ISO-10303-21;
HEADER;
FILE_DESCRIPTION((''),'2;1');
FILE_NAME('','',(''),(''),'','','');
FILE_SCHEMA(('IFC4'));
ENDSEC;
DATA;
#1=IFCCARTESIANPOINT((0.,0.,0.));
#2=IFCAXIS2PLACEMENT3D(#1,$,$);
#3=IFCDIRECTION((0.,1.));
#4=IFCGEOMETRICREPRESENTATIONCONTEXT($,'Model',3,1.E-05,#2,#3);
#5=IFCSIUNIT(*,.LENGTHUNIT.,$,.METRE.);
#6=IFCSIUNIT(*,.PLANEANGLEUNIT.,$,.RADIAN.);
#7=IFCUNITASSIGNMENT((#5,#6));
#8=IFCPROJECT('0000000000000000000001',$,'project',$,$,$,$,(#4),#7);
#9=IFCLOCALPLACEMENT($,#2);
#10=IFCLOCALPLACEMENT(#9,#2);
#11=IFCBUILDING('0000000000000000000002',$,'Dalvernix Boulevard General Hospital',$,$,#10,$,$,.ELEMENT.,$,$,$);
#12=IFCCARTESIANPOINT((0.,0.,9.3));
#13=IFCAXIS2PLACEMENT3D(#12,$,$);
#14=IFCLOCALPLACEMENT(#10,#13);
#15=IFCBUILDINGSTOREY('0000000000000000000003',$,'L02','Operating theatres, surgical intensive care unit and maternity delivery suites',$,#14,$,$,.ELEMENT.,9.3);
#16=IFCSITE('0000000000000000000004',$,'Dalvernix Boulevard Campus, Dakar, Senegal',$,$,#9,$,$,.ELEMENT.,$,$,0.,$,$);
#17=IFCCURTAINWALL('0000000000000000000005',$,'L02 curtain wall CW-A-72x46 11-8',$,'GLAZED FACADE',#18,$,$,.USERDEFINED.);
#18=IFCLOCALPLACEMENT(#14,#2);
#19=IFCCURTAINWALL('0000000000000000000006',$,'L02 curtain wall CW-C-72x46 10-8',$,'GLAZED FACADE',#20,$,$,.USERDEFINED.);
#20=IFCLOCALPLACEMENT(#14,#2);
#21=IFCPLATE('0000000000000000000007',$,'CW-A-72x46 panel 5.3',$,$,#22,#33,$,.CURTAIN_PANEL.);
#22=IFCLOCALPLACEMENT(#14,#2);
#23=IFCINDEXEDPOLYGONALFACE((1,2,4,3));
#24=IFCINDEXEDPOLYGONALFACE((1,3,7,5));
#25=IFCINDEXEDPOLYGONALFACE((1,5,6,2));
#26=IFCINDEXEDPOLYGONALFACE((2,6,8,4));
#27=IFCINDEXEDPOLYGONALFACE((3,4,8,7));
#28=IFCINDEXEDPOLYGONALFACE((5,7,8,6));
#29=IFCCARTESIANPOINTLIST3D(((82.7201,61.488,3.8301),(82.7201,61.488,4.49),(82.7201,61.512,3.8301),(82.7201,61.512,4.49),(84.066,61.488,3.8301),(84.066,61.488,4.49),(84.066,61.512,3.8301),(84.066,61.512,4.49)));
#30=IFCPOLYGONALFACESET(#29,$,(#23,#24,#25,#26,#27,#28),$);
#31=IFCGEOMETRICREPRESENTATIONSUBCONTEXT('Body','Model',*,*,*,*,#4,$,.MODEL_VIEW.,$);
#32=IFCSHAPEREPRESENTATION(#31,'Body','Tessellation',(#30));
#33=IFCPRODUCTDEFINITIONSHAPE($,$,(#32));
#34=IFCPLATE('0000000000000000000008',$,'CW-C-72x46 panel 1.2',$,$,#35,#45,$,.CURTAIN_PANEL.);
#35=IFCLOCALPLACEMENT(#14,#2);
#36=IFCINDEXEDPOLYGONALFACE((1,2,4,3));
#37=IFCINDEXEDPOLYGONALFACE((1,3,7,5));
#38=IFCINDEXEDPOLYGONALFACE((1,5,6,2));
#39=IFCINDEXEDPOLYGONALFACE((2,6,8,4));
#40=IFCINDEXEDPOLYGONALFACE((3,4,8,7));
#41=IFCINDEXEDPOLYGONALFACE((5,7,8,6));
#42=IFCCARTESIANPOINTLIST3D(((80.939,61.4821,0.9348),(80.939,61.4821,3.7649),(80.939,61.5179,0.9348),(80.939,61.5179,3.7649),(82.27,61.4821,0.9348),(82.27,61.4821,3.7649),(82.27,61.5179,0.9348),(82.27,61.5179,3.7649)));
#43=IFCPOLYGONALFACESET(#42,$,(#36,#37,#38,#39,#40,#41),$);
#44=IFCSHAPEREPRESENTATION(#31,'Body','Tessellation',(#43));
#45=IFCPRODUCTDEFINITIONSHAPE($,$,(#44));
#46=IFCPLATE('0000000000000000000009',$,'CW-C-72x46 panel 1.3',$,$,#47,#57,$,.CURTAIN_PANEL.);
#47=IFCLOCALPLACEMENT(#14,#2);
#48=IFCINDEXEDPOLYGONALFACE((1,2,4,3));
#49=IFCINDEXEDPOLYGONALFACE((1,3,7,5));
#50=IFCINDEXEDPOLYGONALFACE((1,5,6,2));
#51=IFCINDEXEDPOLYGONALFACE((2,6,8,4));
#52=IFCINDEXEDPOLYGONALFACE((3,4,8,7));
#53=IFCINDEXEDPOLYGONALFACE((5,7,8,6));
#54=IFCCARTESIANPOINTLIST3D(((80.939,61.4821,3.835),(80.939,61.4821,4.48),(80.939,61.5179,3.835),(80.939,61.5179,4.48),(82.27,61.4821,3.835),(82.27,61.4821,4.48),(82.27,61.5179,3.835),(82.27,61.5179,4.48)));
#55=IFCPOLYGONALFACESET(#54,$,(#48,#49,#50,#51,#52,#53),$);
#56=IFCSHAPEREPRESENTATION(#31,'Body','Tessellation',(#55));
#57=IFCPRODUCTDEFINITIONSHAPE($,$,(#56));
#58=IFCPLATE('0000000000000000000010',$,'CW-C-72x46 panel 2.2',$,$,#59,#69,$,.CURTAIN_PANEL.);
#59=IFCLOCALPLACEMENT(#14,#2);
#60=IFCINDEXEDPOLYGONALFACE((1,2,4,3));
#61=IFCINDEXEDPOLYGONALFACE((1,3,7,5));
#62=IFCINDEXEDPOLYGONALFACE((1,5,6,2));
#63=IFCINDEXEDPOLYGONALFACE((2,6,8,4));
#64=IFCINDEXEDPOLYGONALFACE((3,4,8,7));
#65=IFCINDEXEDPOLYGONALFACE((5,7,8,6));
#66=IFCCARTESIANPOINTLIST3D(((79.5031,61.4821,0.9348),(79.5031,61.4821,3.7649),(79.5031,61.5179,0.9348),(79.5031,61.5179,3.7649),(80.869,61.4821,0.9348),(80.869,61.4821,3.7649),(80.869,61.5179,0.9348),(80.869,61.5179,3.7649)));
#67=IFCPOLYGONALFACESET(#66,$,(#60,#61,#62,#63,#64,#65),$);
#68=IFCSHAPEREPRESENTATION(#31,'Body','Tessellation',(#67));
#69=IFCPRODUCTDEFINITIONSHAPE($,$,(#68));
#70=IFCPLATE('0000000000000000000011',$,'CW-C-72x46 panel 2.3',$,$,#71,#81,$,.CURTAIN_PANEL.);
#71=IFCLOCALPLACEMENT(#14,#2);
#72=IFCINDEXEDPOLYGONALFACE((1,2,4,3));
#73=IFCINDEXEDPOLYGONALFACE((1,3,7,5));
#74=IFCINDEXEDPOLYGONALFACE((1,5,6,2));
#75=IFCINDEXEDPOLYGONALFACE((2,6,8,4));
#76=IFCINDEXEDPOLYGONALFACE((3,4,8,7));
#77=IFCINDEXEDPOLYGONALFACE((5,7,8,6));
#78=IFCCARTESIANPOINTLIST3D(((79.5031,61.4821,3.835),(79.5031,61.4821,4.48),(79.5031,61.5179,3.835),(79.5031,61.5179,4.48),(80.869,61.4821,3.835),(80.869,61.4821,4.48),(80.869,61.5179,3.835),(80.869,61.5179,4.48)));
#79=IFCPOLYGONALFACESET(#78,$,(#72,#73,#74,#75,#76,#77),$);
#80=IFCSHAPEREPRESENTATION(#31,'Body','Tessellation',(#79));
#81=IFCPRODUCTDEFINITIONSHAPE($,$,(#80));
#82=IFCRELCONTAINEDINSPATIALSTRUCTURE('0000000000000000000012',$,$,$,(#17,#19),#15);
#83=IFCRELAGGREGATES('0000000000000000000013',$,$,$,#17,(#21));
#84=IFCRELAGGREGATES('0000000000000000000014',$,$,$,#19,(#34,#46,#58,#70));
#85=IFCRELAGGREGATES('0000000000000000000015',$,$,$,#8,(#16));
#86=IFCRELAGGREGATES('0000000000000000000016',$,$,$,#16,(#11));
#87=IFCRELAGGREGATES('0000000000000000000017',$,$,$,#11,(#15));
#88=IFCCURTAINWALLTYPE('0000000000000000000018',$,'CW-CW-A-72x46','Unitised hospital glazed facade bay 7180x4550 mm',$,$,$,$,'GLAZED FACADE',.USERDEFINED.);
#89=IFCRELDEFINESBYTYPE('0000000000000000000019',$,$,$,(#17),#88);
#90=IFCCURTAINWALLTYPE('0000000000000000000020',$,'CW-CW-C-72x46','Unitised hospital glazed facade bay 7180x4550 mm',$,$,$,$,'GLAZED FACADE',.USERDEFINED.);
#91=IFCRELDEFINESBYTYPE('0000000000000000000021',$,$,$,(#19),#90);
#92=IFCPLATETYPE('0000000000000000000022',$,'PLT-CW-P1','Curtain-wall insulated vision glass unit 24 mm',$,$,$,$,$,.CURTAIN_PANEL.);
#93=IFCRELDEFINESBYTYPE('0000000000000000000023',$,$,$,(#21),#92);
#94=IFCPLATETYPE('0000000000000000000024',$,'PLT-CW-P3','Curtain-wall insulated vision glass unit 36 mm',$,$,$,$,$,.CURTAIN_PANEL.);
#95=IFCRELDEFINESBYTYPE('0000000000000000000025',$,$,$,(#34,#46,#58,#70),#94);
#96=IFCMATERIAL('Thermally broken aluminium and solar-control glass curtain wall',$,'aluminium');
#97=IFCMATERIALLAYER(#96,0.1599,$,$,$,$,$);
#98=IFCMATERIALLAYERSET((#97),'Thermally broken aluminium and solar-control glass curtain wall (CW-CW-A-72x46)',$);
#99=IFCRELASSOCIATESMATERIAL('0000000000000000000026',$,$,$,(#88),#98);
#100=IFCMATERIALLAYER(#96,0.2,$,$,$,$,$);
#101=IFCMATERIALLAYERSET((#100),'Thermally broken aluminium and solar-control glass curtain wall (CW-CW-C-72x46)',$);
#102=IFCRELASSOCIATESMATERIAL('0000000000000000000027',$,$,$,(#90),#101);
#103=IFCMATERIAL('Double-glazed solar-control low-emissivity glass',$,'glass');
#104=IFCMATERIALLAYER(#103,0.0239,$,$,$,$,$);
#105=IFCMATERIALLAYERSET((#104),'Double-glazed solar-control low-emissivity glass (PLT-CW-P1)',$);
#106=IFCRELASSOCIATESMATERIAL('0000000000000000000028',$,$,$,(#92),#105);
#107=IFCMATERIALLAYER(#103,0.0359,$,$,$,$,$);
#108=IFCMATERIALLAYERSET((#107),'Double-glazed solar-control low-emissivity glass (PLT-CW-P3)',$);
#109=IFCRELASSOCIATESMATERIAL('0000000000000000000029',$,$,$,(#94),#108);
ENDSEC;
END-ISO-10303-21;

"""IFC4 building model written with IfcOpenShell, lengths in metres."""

from ifc_helpers import new_model, si_unit, direction, frame, origin, origin_2d, place, context, subcontext, project, spatial, rectangle, extrude, material, layer, layer_set, type_object, element, aggregate, save


model = new_model("IFC4")

# Units and contexts
model_context = context("Model", 3, precision=1e-05, world=origin(), true_north=direction((0.0, 1.0)))
body_context = subcontext(model_context, "Body", "Model", "MODEL_VIEW")
ifc_project = project(units=[si_unit("LENGTHUNIT", "METRE"), si_unit("PLANEANGLEUNIT", "RADIAN")], contexts=[model_context])

# Site, building, storey
site_placement = place(None, origin())
site = spatial("IfcSite", under=ifc_project, at=site_placement, Name="Dalvernix Boulevard Campus, Dakar, Senegal", CompositionType="ELEMENT", RefElevation=0.0)
building_placement = place(site_placement, origin())
building = spatial("IfcBuilding", under=site, at=building_placement, Name="Dalvernix Boulevard General Hospital", CompositionType="ELEMENT")
storey_placement = place(building_placement, frame((0.0, 0.0, 9.3)))
storey = spatial("IfcBuildingStorey", under=building, at=storey_placement, Name="L02", Description="Operating theatres, surgical intensive care unit and maternity delivery suites", CompositionType="ELEMENT", Elevation=9.3)

# Curtain walls
ifc_material_1 = material(Name="Thermally broken aluminium and solar-control glass curtain wall", Category="aluminium")
ifc_layer_1 = layer(ifc_material_1, 0.1599)
ifc_layer_set_1 = layer_set([ifc_layer_1], Name="Thermally broken aluminium and solar-control glass curtain wall (CW-CW-A-72x46)")
curtain_wall_type_1 = type_object("IfcCurtainWallType", Name="CW-CW-A-72x46", Description="Unitised hospital glazed facade bay 7180x4550 mm", ElementType="GLAZED FACADE", PredefinedType="USERDEFINED", material=ifc_layer_set_1)
curtain_wall_1_placement = place(storey_placement, origin())
curtain_wall_1 = element("IfcCurtainWall", 1, at=curtain_wall_1_placement, inside=storey, type_object=curtain_wall_type_1, Name="L02 curtain wall CW-A-72x46 11-8", ObjectType="GLAZED FACADE", PredefinedType="USERDEFINED")
ifc_layer_2 = layer(ifc_material_1, 0.2)
ifc_layer_set_2 = layer_set([ifc_layer_2], Name="Thermally broken aluminium and solar-control glass curtain wall (CW-CW-C-72x46)")
curtain_wall_type_2 = type_object("IfcCurtainWallType", Name="CW-CW-C-72x46", Description="Unitised hospital glazed facade bay 7180x4550 mm", ElementType="GLAZED FACADE", PredefinedType="USERDEFINED", material=ifc_layer_set_2)
curtain_wall_2_placement = place(storey_placement, origin())
curtain_wall_2 = element("IfcCurtainWall", 2, at=curtain_wall_2_placement, inside=storey, type_object=curtain_wall_type_2, Name="L02 curtain wall CW-C-72x46 10-8", ObjectType="GLAZED FACADE", PredefinedType="USERDEFINED")

# Plates
ifc_material_2 = material(Name="Double-glazed solar-control low-emissivity glass", Category="glass")
ifc_layer_3 = layer(ifc_material_2, 0.0239)
ifc_layer_set_3 = layer_set([ifc_layer_3], Name="Double-glazed solar-control low-emissivity glass (PLT-CW-P1)")
plate_type_1 = type_object("IfcPlateType", Name="PLT-CW-P1", Description="Curtain-wall insulated vision glass unit 24 mm", PredefinedType="CURTAIN_PANEL", material=ifc_layer_set_3)
plate_1_placement = place(storey_placement, frame((83.3931, 61.5, 3.8301), z_axis=(0.0, 0.0, 1.0), x_axis=(-1.0, 0.0, 0.0)))
plate_1 = element("IfcPlate", 3, at=plate_1_placement, type_object=plate_type_1, Name="CW-A-72x46 panel 5.3", PredefinedType="CURTAIN_PANEL", context=body_context, shape_type="SweptSolid", body=[
    extrude(rectangle(XDim=1.3459, YDim=0.0239, at=origin_2d()), origin(), (0.0, 0.0, 1.0), 0.6599),
])
aggregate(curtain_wall_1, [plate_1])
ifc_layer_4 = layer(ifc_material_2, 0.0359)
ifc_layer_set_4 = layer_set([ifc_layer_4], Name="Double-glazed solar-control low-emissivity glass (PLT-CW-P3)")
plate_type_2 = type_object("IfcPlateType", Name="PLT-CW-P3", Description="Curtain-wall insulated vision glass unit 36 mm", PredefinedType="CURTAIN_PANEL", material=ifc_layer_set_4)
plate_2_placement = place(storey_placement, frame((81.6045, 61.5, 0.9348), z_axis=(0.0, 0.0, 1.0), x_axis=(-1.0, 0.0, 0.0)))
plate_2 = element("IfcPlate", 4, at=plate_2_placement, type_object=plate_type_2, Name="CW-C-72x46 panel 1.2", PredefinedType="CURTAIN_PANEL", context=body_context, shape_type="SweptSolid", body=[
    extrude(rectangle(XDim=1.3311, YDim=0.0359, at=origin_2d()), origin(), (0.0, 0.0, 1.0), 2.8301),
])
plate_3_placement = place(storey_placement, frame((81.6045, 61.5, 3.835), z_axis=(0.0, 0.0, 1.0), x_axis=(-1.0, 0.0, 0.0)))
plate_3 = element("IfcPlate", 5, at=plate_3_placement, type_object=plate_type_2, Name="CW-C-72x46 panel 1.3", PredefinedType="CURTAIN_PANEL", context=body_context, shape_type="SweptSolid", body=[
    extrude(rectangle(XDim=1.3311, YDim=0.0359, at=origin_2d()), origin(), (0.0, 0.0, 1.0), 0.645),
])
plate_4_placement = place(storey_placement, frame((80.186, 61.5, 0.9348), z_axis=(0.0, 0.0, 1.0), x_axis=(-1.0, 0.0, 0.0)))
plate_4 = element("IfcPlate", 6, at=plate_4_placement, type_object=plate_type_2, Name="CW-C-72x46 panel 2.2", PredefinedType="CURTAIN_PANEL", context=body_context, shape_type="SweptSolid", body=[
    extrude(rectangle(XDim=1.366, YDim=0.0359, at=origin_2d()), origin(), (0.0, 0.0, 1.0), 2.8301),
])
plate_5_placement = place(storey_placement, frame((80.186, 61.5, 3.835), z_axis=(0.0, 0.0, 1.0), x_axis=(-1.0, 0.0, 0.0)))
plate_5 = element("IfcPlate", 7, at=plate_5_placement, type_object=plate_type_2, Name="CW-C-72x46 panel 2.3", PredefinedType="CURTAIN_PANEL", context=body_context, shape_type="SweptSolid", body=[
    extrude(rectangle(XDim=1.366, YDim=0.0359, at=origin_2d()), origin(), (0.0, 0.0, 1.0), 0.645),
])
aggregate(curtain_wall_2, [plate_2, plate_3, plate_4, plate_5])

save(model, "model.ifc")
